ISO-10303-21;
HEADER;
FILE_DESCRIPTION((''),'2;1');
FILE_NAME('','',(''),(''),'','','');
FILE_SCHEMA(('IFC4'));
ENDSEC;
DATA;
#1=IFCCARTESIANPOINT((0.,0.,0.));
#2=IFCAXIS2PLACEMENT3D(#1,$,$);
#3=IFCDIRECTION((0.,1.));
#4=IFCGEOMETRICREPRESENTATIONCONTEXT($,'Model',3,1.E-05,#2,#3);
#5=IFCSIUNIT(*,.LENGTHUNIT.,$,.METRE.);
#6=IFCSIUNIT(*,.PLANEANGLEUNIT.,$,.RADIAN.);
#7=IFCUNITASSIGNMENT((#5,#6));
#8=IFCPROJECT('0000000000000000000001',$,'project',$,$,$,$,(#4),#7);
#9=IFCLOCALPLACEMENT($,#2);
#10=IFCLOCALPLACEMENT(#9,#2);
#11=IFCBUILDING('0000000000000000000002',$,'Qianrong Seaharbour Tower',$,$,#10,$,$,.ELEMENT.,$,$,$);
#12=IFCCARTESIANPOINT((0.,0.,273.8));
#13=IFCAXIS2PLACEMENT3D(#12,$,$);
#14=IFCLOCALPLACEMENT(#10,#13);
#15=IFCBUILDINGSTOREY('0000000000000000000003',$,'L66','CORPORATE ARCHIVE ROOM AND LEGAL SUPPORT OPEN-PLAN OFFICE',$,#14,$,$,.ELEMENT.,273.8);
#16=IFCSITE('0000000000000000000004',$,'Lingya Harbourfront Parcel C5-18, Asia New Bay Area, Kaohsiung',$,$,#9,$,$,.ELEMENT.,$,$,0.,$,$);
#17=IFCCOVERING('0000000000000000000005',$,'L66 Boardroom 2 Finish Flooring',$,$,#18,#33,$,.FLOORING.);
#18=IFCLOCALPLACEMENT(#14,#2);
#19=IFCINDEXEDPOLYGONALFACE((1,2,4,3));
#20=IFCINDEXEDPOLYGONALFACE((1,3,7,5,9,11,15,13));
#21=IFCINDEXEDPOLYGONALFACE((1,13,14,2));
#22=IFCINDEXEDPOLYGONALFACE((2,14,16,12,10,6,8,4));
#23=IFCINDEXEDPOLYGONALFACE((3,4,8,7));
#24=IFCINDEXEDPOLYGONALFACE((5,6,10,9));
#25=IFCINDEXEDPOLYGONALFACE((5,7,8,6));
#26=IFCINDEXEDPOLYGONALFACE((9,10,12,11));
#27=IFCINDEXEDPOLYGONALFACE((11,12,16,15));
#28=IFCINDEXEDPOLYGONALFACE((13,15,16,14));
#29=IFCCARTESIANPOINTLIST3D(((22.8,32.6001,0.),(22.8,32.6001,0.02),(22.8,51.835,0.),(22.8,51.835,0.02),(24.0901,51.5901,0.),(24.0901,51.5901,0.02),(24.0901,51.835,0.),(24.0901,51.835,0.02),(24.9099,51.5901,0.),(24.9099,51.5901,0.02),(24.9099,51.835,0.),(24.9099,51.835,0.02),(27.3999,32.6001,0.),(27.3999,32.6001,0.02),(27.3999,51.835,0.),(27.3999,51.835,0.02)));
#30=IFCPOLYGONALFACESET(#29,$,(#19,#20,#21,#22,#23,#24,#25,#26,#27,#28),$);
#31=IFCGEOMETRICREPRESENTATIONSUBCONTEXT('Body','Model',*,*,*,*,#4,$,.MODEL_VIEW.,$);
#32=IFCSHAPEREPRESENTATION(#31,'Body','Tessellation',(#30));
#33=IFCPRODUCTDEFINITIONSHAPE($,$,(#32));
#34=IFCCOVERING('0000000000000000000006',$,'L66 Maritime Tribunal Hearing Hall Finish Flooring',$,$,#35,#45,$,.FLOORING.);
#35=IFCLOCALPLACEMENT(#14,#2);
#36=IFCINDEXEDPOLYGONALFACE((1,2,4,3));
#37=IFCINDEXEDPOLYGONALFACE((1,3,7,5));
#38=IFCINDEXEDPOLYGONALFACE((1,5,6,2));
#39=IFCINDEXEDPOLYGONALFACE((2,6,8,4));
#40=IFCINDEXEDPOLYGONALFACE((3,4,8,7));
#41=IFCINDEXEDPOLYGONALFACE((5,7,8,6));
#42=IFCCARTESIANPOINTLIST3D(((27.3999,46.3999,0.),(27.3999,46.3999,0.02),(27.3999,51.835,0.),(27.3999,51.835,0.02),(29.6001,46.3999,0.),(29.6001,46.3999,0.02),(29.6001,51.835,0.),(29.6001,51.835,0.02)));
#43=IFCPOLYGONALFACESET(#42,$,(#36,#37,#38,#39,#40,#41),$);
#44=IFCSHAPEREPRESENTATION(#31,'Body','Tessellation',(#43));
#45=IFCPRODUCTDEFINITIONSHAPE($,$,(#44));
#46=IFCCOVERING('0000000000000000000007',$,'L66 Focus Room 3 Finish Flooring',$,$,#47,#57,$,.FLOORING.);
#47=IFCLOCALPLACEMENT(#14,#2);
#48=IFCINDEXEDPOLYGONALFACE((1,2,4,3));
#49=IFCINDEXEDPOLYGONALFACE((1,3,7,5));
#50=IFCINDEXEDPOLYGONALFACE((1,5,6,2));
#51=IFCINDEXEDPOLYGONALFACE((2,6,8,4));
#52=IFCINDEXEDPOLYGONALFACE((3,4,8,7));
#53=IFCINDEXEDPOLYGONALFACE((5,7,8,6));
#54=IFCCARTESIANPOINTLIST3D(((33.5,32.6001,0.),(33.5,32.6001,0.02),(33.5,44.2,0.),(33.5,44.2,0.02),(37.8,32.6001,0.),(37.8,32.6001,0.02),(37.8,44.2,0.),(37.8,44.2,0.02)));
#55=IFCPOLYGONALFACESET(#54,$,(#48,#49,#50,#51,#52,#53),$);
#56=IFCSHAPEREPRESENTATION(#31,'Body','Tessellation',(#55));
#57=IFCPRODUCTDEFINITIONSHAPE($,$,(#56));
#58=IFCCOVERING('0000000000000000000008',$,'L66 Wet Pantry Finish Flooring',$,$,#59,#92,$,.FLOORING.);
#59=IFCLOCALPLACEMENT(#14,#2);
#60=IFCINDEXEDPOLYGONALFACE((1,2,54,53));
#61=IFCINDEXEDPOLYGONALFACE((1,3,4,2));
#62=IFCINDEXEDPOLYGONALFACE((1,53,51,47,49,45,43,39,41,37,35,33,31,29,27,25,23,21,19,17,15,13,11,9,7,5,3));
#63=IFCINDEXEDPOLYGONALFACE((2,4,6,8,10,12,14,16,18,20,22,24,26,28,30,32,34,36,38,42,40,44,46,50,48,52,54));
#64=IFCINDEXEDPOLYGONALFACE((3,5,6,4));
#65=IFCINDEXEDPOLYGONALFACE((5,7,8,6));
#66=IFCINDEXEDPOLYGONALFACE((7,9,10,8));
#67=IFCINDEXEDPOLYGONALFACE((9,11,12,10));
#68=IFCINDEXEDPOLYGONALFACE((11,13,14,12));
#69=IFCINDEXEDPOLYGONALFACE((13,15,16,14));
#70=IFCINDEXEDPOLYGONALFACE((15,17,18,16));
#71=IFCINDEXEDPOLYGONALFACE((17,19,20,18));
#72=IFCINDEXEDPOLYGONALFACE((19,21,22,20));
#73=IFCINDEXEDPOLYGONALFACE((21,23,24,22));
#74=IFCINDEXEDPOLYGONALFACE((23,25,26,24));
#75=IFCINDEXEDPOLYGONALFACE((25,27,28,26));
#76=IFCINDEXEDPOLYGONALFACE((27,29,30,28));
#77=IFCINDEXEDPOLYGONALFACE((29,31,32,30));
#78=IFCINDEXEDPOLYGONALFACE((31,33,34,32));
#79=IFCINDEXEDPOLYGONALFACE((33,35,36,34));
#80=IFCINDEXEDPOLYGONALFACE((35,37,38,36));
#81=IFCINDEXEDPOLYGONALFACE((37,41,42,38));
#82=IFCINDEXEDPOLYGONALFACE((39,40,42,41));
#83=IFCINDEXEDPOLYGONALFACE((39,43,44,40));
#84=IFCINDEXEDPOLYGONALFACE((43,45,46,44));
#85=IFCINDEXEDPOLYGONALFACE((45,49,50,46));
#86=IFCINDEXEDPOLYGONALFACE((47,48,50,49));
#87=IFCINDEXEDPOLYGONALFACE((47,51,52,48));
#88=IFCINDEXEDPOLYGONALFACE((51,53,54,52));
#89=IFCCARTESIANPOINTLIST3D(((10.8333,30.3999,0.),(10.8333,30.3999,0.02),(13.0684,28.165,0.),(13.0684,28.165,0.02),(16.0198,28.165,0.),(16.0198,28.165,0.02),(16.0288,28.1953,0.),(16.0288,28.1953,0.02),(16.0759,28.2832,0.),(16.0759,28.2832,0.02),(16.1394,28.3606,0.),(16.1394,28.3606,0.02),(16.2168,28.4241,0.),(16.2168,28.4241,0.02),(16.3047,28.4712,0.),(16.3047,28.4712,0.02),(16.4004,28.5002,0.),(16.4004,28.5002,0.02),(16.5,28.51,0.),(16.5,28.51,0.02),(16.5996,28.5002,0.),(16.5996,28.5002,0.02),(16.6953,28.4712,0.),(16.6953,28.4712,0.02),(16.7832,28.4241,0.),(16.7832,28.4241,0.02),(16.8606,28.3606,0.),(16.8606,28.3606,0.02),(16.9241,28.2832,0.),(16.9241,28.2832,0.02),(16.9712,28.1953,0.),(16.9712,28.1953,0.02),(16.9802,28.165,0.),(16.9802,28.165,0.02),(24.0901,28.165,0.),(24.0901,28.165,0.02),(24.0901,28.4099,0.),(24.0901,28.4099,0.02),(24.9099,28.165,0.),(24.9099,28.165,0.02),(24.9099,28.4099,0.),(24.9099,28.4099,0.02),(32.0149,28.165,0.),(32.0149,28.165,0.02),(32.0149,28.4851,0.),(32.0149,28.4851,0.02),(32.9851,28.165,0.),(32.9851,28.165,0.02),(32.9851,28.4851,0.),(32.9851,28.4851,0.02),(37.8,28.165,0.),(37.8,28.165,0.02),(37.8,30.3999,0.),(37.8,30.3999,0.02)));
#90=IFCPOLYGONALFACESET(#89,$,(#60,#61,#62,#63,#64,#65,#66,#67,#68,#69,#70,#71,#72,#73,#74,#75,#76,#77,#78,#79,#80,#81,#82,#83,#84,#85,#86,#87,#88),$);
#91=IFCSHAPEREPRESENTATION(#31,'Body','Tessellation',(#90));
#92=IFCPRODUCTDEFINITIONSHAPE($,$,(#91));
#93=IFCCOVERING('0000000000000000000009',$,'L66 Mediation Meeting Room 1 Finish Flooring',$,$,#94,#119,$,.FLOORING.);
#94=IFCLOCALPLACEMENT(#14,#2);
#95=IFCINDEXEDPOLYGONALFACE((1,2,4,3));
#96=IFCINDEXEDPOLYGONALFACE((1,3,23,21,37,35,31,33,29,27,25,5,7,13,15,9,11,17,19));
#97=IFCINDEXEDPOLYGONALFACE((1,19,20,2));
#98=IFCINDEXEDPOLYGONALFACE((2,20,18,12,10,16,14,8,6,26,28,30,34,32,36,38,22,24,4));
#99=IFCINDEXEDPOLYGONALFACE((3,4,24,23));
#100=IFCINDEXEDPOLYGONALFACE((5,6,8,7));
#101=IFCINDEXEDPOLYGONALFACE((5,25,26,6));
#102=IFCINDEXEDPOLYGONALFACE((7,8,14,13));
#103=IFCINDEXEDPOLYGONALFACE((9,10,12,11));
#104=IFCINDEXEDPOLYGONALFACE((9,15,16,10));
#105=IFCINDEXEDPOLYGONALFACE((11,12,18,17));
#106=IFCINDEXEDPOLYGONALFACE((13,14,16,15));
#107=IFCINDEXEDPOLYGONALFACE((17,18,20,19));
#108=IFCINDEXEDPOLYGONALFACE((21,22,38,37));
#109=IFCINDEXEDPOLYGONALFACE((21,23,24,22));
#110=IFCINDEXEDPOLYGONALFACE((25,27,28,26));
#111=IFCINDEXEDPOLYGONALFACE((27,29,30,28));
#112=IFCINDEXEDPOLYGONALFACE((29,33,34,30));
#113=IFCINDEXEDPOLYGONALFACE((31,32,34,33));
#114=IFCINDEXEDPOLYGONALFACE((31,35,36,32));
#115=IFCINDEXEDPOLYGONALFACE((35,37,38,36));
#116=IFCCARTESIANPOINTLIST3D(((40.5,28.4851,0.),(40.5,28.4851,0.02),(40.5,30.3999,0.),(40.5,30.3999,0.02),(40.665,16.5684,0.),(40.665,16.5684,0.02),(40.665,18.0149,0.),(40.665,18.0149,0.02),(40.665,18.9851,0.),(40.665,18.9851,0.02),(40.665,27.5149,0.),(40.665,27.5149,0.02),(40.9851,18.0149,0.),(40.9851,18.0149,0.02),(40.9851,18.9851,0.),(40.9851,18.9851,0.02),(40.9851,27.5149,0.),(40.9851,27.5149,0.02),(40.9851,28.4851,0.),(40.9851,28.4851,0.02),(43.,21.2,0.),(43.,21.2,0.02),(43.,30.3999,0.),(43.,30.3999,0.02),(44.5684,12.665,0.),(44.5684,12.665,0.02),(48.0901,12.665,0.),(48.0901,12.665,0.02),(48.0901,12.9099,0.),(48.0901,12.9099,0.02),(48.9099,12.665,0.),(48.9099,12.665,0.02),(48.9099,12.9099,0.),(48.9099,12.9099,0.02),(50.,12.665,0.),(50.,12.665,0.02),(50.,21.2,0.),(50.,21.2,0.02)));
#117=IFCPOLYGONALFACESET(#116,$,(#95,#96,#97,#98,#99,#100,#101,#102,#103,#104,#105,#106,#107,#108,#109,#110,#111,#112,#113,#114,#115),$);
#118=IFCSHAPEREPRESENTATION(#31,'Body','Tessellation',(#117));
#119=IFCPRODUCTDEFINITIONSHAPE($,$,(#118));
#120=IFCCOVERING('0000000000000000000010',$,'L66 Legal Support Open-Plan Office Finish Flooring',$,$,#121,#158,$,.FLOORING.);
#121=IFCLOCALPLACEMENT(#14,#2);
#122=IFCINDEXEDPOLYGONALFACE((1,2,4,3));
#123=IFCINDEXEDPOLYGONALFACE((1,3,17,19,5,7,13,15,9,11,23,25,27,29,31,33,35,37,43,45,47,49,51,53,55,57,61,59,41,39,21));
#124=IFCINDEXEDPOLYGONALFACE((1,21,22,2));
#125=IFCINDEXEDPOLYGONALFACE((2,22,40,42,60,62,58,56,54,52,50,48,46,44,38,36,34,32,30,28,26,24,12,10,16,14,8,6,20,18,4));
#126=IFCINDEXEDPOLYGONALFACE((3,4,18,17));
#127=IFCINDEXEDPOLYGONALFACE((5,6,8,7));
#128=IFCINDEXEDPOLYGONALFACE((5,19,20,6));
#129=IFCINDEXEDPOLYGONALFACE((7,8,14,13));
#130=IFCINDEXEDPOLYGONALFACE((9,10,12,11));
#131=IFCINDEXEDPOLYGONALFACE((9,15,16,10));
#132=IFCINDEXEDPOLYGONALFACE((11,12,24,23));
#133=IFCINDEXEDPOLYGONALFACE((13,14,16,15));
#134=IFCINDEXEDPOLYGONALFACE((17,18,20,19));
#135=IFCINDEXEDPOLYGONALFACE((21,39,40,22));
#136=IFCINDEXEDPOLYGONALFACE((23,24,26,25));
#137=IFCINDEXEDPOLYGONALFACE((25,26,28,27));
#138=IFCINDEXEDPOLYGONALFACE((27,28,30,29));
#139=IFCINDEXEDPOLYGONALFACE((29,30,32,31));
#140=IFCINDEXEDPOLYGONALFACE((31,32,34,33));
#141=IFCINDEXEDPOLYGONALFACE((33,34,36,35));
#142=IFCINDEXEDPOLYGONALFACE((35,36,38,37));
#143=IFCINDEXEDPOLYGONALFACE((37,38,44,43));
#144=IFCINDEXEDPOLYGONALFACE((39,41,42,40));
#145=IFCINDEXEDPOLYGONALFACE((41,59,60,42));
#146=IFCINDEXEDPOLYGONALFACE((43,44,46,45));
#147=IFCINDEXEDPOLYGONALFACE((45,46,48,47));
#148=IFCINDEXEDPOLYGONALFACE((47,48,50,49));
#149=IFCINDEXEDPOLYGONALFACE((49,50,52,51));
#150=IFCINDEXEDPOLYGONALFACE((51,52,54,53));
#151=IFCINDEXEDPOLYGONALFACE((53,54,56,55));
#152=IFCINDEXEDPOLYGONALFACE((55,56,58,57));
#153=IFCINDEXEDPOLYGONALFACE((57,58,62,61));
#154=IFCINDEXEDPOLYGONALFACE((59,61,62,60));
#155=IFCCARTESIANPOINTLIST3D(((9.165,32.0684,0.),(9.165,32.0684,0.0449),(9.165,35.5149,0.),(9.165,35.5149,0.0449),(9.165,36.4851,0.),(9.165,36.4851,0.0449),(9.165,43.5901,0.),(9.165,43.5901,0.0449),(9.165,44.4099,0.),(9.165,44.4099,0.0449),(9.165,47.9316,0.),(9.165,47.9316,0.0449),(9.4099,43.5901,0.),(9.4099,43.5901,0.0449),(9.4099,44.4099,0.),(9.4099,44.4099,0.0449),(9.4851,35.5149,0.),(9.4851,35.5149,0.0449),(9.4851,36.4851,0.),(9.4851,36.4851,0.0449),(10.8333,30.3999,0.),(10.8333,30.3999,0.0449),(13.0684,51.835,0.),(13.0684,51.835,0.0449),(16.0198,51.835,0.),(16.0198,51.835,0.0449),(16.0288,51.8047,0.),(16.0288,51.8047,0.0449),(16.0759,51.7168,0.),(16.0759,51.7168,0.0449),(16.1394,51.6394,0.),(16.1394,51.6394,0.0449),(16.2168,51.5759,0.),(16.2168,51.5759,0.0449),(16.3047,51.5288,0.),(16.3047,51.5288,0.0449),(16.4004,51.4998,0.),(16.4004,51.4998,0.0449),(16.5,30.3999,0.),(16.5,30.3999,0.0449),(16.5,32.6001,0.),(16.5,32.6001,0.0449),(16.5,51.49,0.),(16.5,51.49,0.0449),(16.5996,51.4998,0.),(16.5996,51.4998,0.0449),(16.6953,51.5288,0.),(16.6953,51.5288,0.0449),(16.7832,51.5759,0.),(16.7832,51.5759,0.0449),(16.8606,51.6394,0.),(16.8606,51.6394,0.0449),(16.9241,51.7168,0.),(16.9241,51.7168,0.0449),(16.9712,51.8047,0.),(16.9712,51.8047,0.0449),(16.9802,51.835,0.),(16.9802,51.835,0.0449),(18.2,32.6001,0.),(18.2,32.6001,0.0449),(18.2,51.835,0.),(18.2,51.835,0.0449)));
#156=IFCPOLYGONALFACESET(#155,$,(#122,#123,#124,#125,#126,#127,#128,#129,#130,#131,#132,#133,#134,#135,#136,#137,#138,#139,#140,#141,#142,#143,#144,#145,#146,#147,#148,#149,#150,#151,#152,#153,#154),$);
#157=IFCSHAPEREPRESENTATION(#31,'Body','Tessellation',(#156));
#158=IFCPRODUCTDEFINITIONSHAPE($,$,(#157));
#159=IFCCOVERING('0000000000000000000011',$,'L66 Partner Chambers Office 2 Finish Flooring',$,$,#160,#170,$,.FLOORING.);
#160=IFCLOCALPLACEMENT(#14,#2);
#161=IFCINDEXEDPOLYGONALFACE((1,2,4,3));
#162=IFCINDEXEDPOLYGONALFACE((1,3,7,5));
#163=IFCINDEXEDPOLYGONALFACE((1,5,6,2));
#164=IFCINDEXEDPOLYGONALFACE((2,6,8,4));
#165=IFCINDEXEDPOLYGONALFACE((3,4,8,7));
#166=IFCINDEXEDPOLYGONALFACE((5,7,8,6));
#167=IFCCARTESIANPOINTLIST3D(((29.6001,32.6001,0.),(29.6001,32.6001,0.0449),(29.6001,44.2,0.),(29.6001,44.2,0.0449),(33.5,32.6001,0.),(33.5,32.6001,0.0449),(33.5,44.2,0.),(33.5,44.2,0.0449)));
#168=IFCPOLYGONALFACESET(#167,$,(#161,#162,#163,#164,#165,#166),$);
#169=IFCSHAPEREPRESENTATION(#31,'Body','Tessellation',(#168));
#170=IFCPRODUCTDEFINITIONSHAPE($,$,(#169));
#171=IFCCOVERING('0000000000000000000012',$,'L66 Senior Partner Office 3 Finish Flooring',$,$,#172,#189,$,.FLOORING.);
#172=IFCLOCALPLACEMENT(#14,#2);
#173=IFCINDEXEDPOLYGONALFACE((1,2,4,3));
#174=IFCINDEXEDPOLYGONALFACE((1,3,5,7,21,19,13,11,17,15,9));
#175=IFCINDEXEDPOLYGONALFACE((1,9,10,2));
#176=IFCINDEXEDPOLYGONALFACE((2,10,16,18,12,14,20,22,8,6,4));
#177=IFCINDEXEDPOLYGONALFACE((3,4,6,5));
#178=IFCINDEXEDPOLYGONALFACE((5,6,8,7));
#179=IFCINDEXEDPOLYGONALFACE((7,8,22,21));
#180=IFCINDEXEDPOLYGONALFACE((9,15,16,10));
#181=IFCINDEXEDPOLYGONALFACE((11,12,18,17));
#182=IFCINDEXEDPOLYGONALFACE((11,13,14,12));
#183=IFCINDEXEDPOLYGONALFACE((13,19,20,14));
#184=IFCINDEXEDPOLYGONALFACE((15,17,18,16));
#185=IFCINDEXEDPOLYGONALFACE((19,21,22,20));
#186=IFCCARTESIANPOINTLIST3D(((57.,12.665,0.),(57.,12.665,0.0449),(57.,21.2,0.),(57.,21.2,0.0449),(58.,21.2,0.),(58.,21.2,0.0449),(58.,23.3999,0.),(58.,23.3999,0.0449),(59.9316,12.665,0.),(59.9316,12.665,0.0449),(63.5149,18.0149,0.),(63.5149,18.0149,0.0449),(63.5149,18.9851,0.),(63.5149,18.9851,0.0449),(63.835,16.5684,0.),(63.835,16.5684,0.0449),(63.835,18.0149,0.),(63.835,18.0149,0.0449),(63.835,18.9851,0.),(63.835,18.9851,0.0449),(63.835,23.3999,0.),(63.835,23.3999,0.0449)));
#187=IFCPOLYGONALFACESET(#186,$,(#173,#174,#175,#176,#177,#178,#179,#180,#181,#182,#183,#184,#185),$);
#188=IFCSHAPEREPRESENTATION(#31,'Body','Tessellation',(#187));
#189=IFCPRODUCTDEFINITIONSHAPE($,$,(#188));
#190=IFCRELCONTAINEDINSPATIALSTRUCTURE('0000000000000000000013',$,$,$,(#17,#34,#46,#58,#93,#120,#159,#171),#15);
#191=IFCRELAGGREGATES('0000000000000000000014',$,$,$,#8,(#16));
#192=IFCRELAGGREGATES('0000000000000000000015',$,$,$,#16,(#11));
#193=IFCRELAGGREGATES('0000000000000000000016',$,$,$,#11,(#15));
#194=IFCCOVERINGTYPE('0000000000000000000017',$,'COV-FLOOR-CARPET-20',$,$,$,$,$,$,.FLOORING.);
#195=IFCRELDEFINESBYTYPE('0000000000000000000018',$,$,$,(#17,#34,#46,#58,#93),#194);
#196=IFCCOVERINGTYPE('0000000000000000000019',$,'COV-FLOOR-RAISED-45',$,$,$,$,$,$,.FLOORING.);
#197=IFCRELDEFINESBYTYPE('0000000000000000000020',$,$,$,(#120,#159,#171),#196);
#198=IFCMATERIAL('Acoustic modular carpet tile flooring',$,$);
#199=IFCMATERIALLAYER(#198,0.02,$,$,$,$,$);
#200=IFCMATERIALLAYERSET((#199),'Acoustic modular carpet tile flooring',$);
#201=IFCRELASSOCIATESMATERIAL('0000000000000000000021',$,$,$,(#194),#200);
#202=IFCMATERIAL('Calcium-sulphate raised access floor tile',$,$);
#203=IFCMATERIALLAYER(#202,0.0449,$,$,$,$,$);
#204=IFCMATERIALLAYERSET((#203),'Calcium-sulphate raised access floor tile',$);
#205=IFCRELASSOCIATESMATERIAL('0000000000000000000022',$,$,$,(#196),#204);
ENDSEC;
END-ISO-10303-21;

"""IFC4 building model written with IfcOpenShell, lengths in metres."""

from ifc_helpers import new_model, si_unit, direction, frame, origin, place, context, subcontext, project, spatial, polyline, outline, extrude, material, layer, layer_set, type_object, element, save


model = new_model("IFC4")

# Units and contexts
model_context = context("Model", 3, precision=1e-05, world=origin(), true_north=direction((0.0, 1.0)))
body_context = subcontext(model_context, "Body", "Model", "MODEL_VIEW")
ifc_project = project(units=[si_unit("LENGTHUNIT", "METRE"), si_unit("PLANEANGLEUNIT", "RADIAN")], contexts=[model_context])

# Site, building, storey
site_placement = place(None, origin())
site = spatial("IfcSite", under=ifc_project, at=site_placement, Name="Lingya Harbourfront Parcel C5-18, Asia New Bay Area, Kaohsiung", CompositionType="ELEMENT", RefElevation=0.0)
building_placement = place(site_placement, origin())
building = spatial("IfcBuilding", under=site, at=building_placement, Name="Qianrong Seaharbour Tower", CompositionType="ELEMENT")
storey_placement = place(building_placement, frame((0.0, 0.0, 273.8)))
storey = spatial("IfcBuildingStorey", under=building, at=storey_placement, Name="L66", Description="CORPORATE ARCHIVE ROOM AND LEGAL SUPPORT OPEN-PLAN OFFICE", CompositionType="ELEMENT", Elevation=273.8)

# Coverings
ifc_material_1 = material(Name="Acoustic modular carpet tile flooring")
ifc_layer_1 = layer(ifc_material_1, 0.02)
ifc_layer_set_1 = layer_set([ifc_layer_1], Name="Acoustic modular carpet tile flooring")
covering_type_1 = type_object("IfcCoveringType", Name="COV-FLOOR-CARPET-20", PredefinedType="FLOORING", material=ifc_layer_set_1)
covering_1_placement = place(storey_placement, origin())
element("IfcCovering", 1, at=covering_1_placement, inside=storey, type_object=covering_type_1, Name="L66 Boardroom 2 Finish Flooring", PredefinedType="FLOORING", context=body_context, shape_type="SweptSolid", body=[
    extrude(outline(polyline([(24.0901, 51.835), (24.0901, 51.5901), (24.9099, 51.5901), (24.9099, 51.835), (27.3999, 51.835), (27.3999, 32.6001), (22.8, 32.6001), (22.8, 51.835), (24.0901, 51.835)])), origin(), (0.0, 0.0, 1.0), 0.02),
])
covering_2_placement = place(storey_placement, origin())
element("IfcCovering", 2, at=covering_2_placement, inside=storey, type_object=covering_type_1, Name="L66 Maritime Tribunal Hearing Hall Finish Flooring", PredefinedType="FLOORING", context=body_context, shape_type="SweptSolid", body=[
    extrude(outline(polyline([(29.6001, 46.3999), (27.3999, 46.3999), (27.3999, 51.835), (29.6001, 51.835), (29.6001, 46.3999)])), origin(), (0.0, 0.0, 1.0), 0.02),
])
covering_3_placement = place(storey_placement, origin())
element("IfcCovering", 3, at=covering_3_placement, inside=storey, type_object=covering_type_1, Name="L66 Focus Room 3 Finish Flooring", PredefinedType="FLOORING", context=body_context, shape_type="SweptSolid", body=[
    extrude(outline(polyline([(33.5, 44.2), (37.8, 44.2), (37.8, 32.6001), (33.5, 32.6001), (33.5, 44.2)])), origin(), (0.0, 0.0, 1.0), 0.02),
])
covering_4_placement = place(storey_placement, origin())
element("IfcCovering", 4, at=covering_4_placement, inside=storey, type_object=covering_type_1, Name="L66 Wet Pantry Finish Flooring", PredefinedType="FLOORING", context=body_context, shape_type="SweptSolid", body=[
    extrude(outline(polyline([(32.9851, 28.165), (32.9851, 28.4851), (32.0149, 28.4851), (32.0149, 28.165), (24.9099, 28.165), (24.9099, 28.4099), (24.0901, 28.4099), (24.0901, 28.165), (16.9802, 28.165), (16.9712, 28.1953), (16.9241, 28.2832), (16.8606, 28.3606), (16.7832, 28.4241), (16.6953, 28.4712), (16.5996, 28.5002), (16.5, 28.51), (16.4004, 28.5002), (16.3047, 28.4712), (16.2168, 28.4241), (16.1394, 28.3606), (16.0759, 28.2832), (16.0288, 28.1953), (16.0198, 28.165), (13.0684, 28.165), (10.8333, 30.3999), (37.8, 30.3999), (37.8, 28.165), (32.9851, 28.165)])), origin(), (0.0, 0.0, 1.0), 0.02),
])
covering_5_placement = place(storey_placement, origin())
element("IfcCovering", 5, at=covering_5_placement, inside=storey, type_object=covering_type_1, Name="L66 Mediation Meeting Room 1 Finish Flooring", PredefinedType="FLOORING", context=body_context, shape_type="SweptSolid", body=[
    extrude(outline(polyline([(43.0, 21.2), (50.0, 21.2), (50.0, 12.665), (48.9099, 12.665), (48.9099, 12.9099), (48.0901, 12.9099), (48.0901, 12.665), (44.5684, 12.665), (40.665, 16.5684), (40.665, 18.0149), (40.9851, 18.0149), (40.9851, 18.9851), (40.665, 18.9851), (40.665, 27.5149), (40.9851, 27.5149), (40.9851, 28.4851), (40.5, 28.4851), (40.5, 30.3999), (43.0, 30.3999), (43.0, 21.2)])), origin(), (0.0, 0.0, 1.0), 0.02),
])
ifc_material_2 = material(Name="Calcium-sulphate raised access floor tile")
ifc_layer_2 = layer(ifc_material_2, 0.0449)
ifc_layer_set_2 = layer_set([ifc_layer_2], Name="Calcium-sulphate raised access floor tile")
covering_type_2 = type_object("IfcCoveringType", Name="COV-FLOOR-RAISED-45", PredefinedType="FLOORING", material=ifc_layer_set_2)
covering_6_placement = place(storey_placement, origin())
element("IfcCovering", 6, at=covering_6_placement, inside=storey, type_object=covering_type_2, Name="L66 Legal Support Open-Plan Office Finish Flooring", PredefinedType="FLOORING", context=body_context, shape_type="SweptSolid", body=[
    extrude(outline(polyline([(9.165, 32.0684), (9.165, 35.5149), (9.4851, 35.5149), (9.4851, 36.4851), (9.165, 36.4851), (9.165, 43.5901), (9.4099, 43.5901), (9.4099, 44.4099), (9.165, 44.4099), (9.165, 47.9316), (13.0684, 51.835), (16.0198, 51.835), (16.0288, 51.8047), (16.0759, 51.7168), (16.1394, 51.6394), (16.2168, 51.5759), (16.3047, 51.5288), (16.4004, 51.4998), (16.5, 51.49), (16.5996, 51.4998), (16.6953, 51.5288), (16.7832, 51.5759), (16.8606, 51.6394), (16.9241, 51.7168), (16.9712, 51.8047), (16.9802, 51.835), (18.2, 51.835), (18.2, 32.6001), (16.5, 32.6001), (16.5, 30.3999), (10.8333, 30.3999), (9.165, 32.0684)])), origin(), (0.0, 0.0, 1.0), 0.0449),
])
covering_7_placement = place(storey_placement, origin())
element("IfcCovering", 7, at=covering_7_placement, inside=storey, type_object=covering_type_2, Name="L66 Partner Chambers Office 2 Finish Flooring", PredefinedType="FLOORING", context=body_context, shape_type="SweptSolid", body=[
    extrude(outline(polyline([(29.6001, 44.2), (33.5, 44.2), (33.5, 32.6001), (29.6001, 32.6001), (29.6001, 44.2)])), origin(), (0.0, 0.0, 1.0), 0.0449),
])
covering_8_placement = place(storey_placement, origin())
element("IfcCovering", 8, at=covering_8_placement, inside=storey, type_object=covering_type_2, Name="L66 Senior Partner Office 3 Finish Flooring", PredefinedType="FLOORING", context=body_context, shape_type="SweptSolid", body=[
    extrude(outline(polyline([(59.9316, 12.665), (57.0, 12.665), (57.0, 21.2), (58.0, 21.2), (58.0, 23.3999), (63.835, 23.3999), (63.835, 18.9851), (63.5149, 18.9851), (63.5149, 18.0149), (63.835, 18.0149), (63.835, 16.5684), (59.9316, 12.665)])), origin(), (0.0, 0.0, 1.0), 0.0449),
])

save(model, "model.ifc")
